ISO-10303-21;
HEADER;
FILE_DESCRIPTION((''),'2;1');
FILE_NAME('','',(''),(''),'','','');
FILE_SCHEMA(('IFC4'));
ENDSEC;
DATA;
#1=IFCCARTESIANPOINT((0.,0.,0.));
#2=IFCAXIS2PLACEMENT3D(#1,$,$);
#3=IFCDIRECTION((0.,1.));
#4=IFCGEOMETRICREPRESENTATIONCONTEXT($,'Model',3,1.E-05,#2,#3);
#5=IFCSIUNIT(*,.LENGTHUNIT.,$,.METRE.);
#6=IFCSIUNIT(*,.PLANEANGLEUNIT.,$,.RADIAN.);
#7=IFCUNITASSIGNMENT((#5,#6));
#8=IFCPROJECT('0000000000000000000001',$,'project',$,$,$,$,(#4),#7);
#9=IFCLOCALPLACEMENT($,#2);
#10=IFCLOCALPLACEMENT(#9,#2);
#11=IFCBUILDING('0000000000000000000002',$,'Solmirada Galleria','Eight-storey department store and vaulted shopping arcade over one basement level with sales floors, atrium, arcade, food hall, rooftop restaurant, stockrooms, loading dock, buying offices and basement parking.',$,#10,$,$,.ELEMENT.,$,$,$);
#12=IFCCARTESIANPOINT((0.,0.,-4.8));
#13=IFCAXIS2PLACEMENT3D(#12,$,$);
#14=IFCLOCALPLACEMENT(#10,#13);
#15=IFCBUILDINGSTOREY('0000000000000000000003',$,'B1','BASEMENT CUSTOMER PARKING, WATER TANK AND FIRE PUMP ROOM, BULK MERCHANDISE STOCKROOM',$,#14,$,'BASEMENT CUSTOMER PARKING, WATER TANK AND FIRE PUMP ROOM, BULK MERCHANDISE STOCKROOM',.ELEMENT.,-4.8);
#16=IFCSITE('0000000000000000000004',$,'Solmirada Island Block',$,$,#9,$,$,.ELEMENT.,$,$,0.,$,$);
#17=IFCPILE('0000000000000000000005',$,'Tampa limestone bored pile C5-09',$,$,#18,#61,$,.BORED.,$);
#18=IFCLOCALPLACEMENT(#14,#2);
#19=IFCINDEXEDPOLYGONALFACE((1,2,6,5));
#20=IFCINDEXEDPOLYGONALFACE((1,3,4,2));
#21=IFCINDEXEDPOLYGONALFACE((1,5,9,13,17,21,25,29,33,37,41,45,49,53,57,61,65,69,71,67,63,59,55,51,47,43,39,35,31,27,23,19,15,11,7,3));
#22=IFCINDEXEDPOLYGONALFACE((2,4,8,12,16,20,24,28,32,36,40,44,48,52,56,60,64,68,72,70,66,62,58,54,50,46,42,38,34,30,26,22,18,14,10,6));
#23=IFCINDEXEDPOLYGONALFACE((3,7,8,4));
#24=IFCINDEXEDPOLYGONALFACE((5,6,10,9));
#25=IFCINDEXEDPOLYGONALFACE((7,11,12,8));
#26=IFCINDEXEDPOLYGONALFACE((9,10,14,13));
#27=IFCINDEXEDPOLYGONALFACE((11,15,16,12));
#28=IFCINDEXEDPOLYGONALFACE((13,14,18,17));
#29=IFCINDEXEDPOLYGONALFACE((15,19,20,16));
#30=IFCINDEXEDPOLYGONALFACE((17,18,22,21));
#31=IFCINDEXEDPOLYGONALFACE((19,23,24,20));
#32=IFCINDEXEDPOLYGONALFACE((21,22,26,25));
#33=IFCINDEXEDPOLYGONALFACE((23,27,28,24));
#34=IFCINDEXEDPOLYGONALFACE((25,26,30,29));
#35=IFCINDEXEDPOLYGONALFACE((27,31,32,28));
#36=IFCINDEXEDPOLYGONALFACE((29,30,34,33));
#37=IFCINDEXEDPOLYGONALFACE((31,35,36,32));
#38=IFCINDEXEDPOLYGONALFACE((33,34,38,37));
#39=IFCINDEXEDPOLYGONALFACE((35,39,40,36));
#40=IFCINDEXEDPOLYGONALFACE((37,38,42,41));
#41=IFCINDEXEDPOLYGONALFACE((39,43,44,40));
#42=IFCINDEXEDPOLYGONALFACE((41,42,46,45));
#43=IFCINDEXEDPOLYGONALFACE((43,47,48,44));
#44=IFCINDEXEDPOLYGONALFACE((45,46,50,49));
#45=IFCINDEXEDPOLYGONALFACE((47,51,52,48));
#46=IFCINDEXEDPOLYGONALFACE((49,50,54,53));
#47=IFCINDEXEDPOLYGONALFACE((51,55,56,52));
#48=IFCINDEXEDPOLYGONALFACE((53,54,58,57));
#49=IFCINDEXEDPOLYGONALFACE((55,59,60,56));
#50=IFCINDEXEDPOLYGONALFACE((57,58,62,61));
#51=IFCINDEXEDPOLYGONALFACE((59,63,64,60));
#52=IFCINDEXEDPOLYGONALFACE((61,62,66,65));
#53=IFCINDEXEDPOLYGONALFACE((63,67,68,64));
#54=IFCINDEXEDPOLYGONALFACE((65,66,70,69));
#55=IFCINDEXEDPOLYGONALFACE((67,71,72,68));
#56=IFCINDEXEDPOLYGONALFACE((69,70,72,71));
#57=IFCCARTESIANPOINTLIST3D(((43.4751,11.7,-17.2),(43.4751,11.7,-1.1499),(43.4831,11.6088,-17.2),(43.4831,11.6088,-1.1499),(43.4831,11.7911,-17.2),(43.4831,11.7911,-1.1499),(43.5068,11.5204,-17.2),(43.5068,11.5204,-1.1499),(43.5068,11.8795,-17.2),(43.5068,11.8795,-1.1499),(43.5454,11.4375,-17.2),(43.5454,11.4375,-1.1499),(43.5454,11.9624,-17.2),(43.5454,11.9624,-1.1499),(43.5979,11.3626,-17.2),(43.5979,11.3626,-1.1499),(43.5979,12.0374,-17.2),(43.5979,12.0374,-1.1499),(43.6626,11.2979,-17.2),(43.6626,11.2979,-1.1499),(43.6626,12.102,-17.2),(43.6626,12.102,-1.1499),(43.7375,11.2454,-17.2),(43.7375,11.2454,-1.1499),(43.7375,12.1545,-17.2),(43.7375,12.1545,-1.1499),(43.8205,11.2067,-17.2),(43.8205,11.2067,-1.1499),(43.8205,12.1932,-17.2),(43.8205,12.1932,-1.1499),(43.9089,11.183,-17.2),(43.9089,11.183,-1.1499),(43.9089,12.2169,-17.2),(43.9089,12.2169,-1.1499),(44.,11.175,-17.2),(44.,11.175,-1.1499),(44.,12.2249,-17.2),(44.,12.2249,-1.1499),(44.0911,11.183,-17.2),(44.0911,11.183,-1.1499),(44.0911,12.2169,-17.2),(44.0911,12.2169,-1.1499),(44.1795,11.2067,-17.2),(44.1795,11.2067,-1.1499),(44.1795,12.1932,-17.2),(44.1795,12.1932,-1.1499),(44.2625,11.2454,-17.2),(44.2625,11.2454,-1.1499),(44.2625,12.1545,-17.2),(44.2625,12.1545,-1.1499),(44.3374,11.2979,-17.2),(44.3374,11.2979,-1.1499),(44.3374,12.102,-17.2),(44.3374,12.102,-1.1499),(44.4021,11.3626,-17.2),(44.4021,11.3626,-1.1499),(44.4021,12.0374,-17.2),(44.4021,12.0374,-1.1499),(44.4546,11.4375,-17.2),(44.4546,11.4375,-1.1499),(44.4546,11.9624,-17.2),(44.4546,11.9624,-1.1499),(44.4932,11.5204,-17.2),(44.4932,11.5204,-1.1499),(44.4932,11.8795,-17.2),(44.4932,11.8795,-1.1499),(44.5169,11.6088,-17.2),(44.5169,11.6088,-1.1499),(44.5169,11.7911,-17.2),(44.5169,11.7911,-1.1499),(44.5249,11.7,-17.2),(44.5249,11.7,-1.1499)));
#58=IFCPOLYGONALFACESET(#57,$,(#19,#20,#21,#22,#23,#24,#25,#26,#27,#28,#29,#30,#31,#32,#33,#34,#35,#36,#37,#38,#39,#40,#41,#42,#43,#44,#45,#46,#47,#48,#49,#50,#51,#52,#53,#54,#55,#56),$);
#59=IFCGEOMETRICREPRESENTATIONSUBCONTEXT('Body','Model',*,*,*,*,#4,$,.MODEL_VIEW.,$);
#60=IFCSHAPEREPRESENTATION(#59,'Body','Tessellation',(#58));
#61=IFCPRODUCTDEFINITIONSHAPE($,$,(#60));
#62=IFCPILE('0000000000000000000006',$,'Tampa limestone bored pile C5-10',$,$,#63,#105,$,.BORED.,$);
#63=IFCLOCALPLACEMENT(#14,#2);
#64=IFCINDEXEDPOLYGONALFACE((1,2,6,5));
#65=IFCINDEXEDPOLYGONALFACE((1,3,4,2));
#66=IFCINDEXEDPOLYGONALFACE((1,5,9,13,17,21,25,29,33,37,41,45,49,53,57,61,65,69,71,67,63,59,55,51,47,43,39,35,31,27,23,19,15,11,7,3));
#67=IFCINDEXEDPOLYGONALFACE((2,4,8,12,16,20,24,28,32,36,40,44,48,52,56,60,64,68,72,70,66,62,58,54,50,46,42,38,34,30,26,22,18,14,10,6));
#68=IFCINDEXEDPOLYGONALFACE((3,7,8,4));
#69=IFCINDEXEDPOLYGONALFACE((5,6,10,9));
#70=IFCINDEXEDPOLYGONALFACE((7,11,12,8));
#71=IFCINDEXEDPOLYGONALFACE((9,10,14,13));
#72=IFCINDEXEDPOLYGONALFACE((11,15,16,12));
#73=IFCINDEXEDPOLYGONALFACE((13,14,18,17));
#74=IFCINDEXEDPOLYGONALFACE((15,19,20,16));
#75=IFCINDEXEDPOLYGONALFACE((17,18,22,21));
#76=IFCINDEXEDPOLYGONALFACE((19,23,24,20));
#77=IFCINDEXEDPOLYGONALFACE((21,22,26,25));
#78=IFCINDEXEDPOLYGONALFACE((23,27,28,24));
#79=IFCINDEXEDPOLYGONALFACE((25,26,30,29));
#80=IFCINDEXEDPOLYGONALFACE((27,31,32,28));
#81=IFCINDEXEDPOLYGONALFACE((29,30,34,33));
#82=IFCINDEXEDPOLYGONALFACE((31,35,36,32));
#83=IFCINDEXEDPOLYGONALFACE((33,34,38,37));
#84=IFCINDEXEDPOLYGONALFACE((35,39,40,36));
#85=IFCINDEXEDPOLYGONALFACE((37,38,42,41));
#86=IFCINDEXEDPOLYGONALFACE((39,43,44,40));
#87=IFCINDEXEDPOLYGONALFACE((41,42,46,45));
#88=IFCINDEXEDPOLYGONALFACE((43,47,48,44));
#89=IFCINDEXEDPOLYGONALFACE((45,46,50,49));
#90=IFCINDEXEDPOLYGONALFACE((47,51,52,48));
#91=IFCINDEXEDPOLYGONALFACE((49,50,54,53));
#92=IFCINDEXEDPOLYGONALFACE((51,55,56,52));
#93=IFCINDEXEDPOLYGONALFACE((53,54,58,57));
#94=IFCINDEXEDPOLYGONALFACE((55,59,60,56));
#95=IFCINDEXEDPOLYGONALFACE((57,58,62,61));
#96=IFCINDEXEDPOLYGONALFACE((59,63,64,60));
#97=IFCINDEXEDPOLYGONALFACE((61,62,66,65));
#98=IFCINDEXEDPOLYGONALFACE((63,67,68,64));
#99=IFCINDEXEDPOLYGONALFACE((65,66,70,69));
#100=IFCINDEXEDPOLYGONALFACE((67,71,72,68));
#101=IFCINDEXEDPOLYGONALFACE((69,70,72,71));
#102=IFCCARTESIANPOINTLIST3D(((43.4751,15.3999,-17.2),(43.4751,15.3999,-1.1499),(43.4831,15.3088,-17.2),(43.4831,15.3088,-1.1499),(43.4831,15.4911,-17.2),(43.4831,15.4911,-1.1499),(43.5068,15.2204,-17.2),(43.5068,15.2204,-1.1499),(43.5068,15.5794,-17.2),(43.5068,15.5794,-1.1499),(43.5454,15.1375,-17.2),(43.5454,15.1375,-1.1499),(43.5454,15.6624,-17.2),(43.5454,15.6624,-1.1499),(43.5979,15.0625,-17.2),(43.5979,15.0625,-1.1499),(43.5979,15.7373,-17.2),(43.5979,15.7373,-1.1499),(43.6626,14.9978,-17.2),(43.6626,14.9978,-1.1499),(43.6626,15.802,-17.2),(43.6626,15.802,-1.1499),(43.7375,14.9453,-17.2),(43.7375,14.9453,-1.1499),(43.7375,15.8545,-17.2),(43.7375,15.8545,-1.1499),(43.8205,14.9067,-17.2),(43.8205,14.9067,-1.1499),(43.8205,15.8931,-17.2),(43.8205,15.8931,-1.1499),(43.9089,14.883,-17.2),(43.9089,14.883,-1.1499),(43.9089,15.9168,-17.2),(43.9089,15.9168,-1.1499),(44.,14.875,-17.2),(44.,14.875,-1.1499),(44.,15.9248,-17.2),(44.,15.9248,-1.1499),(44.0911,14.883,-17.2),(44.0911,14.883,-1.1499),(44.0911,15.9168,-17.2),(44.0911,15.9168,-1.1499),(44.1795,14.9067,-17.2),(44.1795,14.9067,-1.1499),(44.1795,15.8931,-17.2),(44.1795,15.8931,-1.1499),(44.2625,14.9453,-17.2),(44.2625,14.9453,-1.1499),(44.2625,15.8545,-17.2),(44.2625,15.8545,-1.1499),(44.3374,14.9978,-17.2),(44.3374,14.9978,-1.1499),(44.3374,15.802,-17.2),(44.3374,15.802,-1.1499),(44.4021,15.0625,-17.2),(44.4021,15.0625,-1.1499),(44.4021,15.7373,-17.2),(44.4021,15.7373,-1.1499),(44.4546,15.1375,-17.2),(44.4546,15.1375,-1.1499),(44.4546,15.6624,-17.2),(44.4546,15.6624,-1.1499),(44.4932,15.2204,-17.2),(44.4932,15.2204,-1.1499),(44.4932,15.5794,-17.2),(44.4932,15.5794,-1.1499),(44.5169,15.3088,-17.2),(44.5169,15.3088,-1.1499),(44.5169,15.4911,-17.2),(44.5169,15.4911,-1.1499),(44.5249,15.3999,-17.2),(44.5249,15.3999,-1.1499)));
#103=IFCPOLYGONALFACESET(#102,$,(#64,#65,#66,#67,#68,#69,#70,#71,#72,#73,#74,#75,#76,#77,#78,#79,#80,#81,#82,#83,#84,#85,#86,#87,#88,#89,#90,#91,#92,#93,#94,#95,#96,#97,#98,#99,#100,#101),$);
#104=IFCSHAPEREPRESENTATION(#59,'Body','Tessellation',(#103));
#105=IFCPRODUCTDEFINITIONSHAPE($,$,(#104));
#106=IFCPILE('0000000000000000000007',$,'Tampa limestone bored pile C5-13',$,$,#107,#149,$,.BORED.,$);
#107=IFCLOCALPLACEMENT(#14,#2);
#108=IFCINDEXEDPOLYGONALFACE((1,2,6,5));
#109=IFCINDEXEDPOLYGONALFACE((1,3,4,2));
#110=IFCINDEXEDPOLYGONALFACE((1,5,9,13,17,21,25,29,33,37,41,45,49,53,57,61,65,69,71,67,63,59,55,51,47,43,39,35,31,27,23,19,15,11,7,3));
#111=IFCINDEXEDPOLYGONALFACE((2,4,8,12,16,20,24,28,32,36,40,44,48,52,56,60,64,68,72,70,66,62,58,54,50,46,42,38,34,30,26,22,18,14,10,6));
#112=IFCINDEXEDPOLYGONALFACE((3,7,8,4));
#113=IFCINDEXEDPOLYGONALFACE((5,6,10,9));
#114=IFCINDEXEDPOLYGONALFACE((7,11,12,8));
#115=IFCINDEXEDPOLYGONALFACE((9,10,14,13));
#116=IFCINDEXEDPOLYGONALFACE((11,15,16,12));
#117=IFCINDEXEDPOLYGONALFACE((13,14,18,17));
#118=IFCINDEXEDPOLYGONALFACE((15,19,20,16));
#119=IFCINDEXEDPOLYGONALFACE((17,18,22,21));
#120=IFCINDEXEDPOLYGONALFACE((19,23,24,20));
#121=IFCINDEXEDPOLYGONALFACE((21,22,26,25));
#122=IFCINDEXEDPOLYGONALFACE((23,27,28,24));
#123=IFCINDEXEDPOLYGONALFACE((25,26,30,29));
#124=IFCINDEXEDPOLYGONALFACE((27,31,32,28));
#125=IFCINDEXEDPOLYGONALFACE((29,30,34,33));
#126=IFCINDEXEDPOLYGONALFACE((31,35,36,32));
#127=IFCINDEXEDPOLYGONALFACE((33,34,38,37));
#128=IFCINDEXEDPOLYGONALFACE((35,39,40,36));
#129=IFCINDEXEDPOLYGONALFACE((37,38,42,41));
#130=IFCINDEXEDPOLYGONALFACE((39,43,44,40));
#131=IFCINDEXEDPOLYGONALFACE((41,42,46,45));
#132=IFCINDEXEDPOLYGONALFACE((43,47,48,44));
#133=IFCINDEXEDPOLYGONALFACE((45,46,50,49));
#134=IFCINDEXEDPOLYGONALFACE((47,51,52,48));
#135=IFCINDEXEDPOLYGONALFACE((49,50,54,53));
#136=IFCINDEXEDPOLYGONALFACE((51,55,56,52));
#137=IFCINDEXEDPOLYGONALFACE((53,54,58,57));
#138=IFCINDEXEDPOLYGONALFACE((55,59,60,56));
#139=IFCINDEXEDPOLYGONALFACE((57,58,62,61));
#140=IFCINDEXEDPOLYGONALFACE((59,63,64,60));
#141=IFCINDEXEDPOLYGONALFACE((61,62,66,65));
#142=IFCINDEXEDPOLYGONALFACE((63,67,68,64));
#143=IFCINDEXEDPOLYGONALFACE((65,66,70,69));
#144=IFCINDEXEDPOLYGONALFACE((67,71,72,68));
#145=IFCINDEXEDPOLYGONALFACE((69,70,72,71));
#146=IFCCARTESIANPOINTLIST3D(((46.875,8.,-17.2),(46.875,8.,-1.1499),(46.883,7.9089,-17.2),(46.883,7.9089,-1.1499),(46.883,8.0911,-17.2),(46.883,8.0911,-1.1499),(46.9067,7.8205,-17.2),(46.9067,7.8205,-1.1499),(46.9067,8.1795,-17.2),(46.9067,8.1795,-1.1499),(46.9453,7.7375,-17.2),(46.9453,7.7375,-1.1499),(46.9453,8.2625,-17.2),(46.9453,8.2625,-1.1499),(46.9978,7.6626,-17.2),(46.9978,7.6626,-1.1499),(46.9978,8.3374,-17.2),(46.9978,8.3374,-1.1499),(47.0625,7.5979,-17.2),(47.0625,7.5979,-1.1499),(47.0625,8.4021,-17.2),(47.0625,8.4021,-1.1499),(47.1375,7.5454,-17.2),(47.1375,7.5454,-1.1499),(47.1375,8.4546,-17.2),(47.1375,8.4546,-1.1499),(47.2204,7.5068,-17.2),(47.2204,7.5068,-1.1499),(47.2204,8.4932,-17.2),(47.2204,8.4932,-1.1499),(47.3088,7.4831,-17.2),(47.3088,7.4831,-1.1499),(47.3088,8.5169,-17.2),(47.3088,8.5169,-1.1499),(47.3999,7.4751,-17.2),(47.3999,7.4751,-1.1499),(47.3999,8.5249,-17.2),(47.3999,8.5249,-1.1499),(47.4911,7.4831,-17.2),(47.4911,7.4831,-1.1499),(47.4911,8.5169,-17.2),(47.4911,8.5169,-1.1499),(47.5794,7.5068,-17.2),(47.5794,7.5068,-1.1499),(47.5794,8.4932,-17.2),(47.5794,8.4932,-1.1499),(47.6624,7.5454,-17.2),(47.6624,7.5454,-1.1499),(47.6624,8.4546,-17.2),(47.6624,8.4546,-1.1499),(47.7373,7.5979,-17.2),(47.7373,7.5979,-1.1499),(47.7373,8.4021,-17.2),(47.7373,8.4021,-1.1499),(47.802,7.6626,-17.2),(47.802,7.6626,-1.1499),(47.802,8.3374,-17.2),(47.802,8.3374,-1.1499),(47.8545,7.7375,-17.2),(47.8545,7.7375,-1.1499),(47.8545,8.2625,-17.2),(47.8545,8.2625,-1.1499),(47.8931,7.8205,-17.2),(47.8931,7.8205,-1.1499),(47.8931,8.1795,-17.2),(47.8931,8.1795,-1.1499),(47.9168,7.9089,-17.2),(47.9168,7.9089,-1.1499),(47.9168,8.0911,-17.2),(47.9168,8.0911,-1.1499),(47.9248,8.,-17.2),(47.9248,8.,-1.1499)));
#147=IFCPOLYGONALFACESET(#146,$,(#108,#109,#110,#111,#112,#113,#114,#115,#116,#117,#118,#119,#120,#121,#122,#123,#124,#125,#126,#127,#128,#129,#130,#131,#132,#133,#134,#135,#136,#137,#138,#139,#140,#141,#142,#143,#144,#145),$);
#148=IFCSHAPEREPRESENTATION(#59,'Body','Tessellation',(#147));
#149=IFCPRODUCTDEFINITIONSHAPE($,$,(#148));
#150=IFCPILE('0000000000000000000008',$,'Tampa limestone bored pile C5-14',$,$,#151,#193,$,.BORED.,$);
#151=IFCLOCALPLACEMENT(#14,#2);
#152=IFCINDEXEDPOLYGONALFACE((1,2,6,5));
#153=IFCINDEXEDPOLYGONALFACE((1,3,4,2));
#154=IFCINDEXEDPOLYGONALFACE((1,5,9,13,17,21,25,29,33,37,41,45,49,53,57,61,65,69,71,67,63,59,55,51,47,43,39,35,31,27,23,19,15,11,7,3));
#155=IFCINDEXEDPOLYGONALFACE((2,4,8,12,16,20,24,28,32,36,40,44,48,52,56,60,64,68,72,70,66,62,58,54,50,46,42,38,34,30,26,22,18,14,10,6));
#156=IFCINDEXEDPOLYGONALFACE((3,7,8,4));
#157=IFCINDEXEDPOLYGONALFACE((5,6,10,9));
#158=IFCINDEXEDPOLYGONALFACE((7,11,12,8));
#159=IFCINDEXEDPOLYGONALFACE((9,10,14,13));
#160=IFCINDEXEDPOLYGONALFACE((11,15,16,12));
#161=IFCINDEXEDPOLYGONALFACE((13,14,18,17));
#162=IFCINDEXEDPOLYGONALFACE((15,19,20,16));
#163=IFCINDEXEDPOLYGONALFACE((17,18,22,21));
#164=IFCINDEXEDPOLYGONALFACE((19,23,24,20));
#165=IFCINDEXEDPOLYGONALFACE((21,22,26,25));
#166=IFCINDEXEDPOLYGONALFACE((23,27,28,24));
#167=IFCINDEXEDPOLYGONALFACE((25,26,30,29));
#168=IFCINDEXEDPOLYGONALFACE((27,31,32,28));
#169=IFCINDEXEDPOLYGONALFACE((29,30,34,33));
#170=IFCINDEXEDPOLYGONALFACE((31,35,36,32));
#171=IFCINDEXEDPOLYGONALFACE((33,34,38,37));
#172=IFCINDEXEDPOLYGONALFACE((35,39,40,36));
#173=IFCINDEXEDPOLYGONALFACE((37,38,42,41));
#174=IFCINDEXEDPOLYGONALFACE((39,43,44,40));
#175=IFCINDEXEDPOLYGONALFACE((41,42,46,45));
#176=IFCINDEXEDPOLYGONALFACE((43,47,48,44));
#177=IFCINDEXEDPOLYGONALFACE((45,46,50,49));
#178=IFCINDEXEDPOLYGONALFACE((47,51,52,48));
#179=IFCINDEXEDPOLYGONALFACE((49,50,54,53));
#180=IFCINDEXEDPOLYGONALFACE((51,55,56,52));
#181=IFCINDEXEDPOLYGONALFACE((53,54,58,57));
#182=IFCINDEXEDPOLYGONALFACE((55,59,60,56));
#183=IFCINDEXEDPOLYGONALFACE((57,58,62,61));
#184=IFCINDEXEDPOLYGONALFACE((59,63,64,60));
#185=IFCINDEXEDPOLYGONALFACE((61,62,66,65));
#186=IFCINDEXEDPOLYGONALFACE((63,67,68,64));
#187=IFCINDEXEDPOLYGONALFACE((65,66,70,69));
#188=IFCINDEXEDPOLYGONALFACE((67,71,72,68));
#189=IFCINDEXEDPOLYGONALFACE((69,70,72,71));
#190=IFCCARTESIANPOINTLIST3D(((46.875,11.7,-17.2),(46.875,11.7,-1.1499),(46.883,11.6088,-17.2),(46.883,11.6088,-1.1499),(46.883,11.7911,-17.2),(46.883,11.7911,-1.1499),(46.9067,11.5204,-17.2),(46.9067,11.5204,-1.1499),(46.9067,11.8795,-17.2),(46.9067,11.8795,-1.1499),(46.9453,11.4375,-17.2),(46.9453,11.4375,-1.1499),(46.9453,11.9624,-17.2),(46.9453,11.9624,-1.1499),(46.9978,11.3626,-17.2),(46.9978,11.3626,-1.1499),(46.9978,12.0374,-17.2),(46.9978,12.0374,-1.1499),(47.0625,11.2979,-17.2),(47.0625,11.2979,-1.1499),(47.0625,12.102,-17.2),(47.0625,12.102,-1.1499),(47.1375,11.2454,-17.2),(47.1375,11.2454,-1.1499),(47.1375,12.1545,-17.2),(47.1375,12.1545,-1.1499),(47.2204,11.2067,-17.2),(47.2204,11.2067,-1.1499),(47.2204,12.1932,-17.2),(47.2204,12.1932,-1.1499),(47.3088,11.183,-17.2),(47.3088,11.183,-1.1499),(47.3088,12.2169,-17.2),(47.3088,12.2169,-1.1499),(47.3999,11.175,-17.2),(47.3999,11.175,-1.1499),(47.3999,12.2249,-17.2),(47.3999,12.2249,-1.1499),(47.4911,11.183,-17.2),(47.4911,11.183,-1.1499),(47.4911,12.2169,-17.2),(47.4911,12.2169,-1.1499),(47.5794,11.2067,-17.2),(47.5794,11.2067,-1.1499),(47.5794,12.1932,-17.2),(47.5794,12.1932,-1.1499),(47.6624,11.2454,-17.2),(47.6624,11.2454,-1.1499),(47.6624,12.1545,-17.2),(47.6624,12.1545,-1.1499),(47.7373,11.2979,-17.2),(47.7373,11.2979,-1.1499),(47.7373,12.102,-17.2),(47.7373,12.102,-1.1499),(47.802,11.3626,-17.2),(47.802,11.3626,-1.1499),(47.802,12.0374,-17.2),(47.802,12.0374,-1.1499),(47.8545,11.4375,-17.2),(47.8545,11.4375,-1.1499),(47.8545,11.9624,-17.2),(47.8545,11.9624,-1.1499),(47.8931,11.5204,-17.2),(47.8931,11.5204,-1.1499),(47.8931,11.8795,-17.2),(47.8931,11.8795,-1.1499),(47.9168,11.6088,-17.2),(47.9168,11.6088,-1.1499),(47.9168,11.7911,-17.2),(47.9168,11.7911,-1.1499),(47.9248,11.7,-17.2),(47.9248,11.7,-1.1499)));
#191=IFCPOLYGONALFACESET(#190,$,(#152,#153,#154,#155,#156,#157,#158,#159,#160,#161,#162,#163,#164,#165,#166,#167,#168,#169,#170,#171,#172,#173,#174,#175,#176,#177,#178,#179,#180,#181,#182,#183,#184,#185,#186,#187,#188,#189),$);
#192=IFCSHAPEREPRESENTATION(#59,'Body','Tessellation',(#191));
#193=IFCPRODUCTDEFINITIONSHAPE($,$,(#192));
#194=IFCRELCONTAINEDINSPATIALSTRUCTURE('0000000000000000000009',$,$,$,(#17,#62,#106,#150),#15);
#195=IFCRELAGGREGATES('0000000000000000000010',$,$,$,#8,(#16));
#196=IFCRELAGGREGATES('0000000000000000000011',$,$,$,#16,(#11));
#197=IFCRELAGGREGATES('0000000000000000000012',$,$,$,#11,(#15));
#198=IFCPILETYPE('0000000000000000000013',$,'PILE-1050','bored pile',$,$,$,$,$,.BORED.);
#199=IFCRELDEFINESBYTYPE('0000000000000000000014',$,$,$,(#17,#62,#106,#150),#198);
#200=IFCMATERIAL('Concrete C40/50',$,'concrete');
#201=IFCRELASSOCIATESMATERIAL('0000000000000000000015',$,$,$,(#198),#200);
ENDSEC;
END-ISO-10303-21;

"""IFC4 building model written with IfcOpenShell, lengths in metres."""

from ifc_helpers import new_model, si_unit, direction, frame, origin, origin_2d, place, context, subcontext, project, spatial, circle, extrude, material, material_profile, profile_set, type_object, element, save


model = new_model("IFC4")

# Units and contexts
model_context = context("Model", 3, precision=1e-05, world=origin(), true_north=direction((0.0, 1.0)))
body_context = subcontext(model_context, "Body", "Model", "MODEL_VIEW")
ifc_project = project(units=[si_unit("LENGTHUNIT", "METRE"), si_unit("PLANEANGLEUNIT", "RADIAN")], contexts=[model_context])

# Site, building, storey
site_placement = place(None, origin())
site = spatial("IfcSite", under=ifc_project, at=site_placement, Name="Solmirada Island Block", CompositionType="ELEMENT", RefElevation=0.0)
building_placement = place(site_placement, origin())
building = spatial("IfcBuilding", under=site, at=building_placement, Name="Solmirada Galleria", Description="Eight-storey department store and vaulted shopping arcade over one basement level with sales floors, atrium, arcade, food hall, rooftop restaurant, stockrooms, loading dock, buying offices and basement parking.", CompositionType="ELEMENT")
storey_placement = place(building_placement, frame((0.0, 0.0, -4.8)))
storey = spatial("IfcBuildingStorey", under=building, at=storey_placement, Name="B1", Description="BASEMENT CUSTOMER PARKING, WATER TANK AND FIRE PUMP ROOM, BULK MERCHANDISE STOCKROOM", LongName="BASEMENT CUSTOMER PARKING, WATER TANK AND FIRE PUMP ROOM, BULK MERCHANDISE STOCKROOM", CompositionType="ELEMENT", Elevation=-4.8)

# Piles
ifc_material_1 = material(Name="Concrete C40/50", Category="concrete")
ifc_material_profile_1 = material_profile(ifc_material_1, circle(Radius=0.5249, at=origin_2d()), Name="PILE1050")
ifc_profile_set_1 = profile_set([ifc_material_profile_1], Name="Concrete C40/50")
pile_type_1 = type_object("IfcPileType", Name="PILE-1050", Description="bored pile", PredefinedType="BORED", material=ifc_profile_set_1)
for number, where, z_axis, x_axis, name in (
    (1, (44.0, 11.7, -1.1499), (0.0, 0.0, -1.0), (1.0, 0.0, 0.0), "Tampa limestone bored pile C5-09"),
    (2, (44.0, 15.3999, -1.1499), (0.0, 0.0, -1.0), (1.0, 0.0, 0.0), "Tampa limestone bored pile C5-10"),
    (3, (47.3999, 8.0, -1.1499), (0.0, 0.0, -1.0), (1.0, 0.0, 0.0), "Tampa limestone bored pile C5-13"),
    (4, (47.3999, 11.7, -1.1499), (0.0, 0.0, -1.0), (1.0, 0.0, 0.0), "Tampa limestone bored pile C5-14"),
):
    element("IfcPile", number, at=place(storey_placement, frame(where, z_axis=z_axis, x_axis=x_axis)), inside=storey, type_object=pile_type_1, Name=name, PredefinedType="BORED", context=body_context, shape_type="SweptSolid", body=[
        extrude(circle(Radius=0.5249, at=origin_2d()), origin(), (0.0, 0.0, 1.0), 16.05),
    ])

save(model, "model.ifc")
